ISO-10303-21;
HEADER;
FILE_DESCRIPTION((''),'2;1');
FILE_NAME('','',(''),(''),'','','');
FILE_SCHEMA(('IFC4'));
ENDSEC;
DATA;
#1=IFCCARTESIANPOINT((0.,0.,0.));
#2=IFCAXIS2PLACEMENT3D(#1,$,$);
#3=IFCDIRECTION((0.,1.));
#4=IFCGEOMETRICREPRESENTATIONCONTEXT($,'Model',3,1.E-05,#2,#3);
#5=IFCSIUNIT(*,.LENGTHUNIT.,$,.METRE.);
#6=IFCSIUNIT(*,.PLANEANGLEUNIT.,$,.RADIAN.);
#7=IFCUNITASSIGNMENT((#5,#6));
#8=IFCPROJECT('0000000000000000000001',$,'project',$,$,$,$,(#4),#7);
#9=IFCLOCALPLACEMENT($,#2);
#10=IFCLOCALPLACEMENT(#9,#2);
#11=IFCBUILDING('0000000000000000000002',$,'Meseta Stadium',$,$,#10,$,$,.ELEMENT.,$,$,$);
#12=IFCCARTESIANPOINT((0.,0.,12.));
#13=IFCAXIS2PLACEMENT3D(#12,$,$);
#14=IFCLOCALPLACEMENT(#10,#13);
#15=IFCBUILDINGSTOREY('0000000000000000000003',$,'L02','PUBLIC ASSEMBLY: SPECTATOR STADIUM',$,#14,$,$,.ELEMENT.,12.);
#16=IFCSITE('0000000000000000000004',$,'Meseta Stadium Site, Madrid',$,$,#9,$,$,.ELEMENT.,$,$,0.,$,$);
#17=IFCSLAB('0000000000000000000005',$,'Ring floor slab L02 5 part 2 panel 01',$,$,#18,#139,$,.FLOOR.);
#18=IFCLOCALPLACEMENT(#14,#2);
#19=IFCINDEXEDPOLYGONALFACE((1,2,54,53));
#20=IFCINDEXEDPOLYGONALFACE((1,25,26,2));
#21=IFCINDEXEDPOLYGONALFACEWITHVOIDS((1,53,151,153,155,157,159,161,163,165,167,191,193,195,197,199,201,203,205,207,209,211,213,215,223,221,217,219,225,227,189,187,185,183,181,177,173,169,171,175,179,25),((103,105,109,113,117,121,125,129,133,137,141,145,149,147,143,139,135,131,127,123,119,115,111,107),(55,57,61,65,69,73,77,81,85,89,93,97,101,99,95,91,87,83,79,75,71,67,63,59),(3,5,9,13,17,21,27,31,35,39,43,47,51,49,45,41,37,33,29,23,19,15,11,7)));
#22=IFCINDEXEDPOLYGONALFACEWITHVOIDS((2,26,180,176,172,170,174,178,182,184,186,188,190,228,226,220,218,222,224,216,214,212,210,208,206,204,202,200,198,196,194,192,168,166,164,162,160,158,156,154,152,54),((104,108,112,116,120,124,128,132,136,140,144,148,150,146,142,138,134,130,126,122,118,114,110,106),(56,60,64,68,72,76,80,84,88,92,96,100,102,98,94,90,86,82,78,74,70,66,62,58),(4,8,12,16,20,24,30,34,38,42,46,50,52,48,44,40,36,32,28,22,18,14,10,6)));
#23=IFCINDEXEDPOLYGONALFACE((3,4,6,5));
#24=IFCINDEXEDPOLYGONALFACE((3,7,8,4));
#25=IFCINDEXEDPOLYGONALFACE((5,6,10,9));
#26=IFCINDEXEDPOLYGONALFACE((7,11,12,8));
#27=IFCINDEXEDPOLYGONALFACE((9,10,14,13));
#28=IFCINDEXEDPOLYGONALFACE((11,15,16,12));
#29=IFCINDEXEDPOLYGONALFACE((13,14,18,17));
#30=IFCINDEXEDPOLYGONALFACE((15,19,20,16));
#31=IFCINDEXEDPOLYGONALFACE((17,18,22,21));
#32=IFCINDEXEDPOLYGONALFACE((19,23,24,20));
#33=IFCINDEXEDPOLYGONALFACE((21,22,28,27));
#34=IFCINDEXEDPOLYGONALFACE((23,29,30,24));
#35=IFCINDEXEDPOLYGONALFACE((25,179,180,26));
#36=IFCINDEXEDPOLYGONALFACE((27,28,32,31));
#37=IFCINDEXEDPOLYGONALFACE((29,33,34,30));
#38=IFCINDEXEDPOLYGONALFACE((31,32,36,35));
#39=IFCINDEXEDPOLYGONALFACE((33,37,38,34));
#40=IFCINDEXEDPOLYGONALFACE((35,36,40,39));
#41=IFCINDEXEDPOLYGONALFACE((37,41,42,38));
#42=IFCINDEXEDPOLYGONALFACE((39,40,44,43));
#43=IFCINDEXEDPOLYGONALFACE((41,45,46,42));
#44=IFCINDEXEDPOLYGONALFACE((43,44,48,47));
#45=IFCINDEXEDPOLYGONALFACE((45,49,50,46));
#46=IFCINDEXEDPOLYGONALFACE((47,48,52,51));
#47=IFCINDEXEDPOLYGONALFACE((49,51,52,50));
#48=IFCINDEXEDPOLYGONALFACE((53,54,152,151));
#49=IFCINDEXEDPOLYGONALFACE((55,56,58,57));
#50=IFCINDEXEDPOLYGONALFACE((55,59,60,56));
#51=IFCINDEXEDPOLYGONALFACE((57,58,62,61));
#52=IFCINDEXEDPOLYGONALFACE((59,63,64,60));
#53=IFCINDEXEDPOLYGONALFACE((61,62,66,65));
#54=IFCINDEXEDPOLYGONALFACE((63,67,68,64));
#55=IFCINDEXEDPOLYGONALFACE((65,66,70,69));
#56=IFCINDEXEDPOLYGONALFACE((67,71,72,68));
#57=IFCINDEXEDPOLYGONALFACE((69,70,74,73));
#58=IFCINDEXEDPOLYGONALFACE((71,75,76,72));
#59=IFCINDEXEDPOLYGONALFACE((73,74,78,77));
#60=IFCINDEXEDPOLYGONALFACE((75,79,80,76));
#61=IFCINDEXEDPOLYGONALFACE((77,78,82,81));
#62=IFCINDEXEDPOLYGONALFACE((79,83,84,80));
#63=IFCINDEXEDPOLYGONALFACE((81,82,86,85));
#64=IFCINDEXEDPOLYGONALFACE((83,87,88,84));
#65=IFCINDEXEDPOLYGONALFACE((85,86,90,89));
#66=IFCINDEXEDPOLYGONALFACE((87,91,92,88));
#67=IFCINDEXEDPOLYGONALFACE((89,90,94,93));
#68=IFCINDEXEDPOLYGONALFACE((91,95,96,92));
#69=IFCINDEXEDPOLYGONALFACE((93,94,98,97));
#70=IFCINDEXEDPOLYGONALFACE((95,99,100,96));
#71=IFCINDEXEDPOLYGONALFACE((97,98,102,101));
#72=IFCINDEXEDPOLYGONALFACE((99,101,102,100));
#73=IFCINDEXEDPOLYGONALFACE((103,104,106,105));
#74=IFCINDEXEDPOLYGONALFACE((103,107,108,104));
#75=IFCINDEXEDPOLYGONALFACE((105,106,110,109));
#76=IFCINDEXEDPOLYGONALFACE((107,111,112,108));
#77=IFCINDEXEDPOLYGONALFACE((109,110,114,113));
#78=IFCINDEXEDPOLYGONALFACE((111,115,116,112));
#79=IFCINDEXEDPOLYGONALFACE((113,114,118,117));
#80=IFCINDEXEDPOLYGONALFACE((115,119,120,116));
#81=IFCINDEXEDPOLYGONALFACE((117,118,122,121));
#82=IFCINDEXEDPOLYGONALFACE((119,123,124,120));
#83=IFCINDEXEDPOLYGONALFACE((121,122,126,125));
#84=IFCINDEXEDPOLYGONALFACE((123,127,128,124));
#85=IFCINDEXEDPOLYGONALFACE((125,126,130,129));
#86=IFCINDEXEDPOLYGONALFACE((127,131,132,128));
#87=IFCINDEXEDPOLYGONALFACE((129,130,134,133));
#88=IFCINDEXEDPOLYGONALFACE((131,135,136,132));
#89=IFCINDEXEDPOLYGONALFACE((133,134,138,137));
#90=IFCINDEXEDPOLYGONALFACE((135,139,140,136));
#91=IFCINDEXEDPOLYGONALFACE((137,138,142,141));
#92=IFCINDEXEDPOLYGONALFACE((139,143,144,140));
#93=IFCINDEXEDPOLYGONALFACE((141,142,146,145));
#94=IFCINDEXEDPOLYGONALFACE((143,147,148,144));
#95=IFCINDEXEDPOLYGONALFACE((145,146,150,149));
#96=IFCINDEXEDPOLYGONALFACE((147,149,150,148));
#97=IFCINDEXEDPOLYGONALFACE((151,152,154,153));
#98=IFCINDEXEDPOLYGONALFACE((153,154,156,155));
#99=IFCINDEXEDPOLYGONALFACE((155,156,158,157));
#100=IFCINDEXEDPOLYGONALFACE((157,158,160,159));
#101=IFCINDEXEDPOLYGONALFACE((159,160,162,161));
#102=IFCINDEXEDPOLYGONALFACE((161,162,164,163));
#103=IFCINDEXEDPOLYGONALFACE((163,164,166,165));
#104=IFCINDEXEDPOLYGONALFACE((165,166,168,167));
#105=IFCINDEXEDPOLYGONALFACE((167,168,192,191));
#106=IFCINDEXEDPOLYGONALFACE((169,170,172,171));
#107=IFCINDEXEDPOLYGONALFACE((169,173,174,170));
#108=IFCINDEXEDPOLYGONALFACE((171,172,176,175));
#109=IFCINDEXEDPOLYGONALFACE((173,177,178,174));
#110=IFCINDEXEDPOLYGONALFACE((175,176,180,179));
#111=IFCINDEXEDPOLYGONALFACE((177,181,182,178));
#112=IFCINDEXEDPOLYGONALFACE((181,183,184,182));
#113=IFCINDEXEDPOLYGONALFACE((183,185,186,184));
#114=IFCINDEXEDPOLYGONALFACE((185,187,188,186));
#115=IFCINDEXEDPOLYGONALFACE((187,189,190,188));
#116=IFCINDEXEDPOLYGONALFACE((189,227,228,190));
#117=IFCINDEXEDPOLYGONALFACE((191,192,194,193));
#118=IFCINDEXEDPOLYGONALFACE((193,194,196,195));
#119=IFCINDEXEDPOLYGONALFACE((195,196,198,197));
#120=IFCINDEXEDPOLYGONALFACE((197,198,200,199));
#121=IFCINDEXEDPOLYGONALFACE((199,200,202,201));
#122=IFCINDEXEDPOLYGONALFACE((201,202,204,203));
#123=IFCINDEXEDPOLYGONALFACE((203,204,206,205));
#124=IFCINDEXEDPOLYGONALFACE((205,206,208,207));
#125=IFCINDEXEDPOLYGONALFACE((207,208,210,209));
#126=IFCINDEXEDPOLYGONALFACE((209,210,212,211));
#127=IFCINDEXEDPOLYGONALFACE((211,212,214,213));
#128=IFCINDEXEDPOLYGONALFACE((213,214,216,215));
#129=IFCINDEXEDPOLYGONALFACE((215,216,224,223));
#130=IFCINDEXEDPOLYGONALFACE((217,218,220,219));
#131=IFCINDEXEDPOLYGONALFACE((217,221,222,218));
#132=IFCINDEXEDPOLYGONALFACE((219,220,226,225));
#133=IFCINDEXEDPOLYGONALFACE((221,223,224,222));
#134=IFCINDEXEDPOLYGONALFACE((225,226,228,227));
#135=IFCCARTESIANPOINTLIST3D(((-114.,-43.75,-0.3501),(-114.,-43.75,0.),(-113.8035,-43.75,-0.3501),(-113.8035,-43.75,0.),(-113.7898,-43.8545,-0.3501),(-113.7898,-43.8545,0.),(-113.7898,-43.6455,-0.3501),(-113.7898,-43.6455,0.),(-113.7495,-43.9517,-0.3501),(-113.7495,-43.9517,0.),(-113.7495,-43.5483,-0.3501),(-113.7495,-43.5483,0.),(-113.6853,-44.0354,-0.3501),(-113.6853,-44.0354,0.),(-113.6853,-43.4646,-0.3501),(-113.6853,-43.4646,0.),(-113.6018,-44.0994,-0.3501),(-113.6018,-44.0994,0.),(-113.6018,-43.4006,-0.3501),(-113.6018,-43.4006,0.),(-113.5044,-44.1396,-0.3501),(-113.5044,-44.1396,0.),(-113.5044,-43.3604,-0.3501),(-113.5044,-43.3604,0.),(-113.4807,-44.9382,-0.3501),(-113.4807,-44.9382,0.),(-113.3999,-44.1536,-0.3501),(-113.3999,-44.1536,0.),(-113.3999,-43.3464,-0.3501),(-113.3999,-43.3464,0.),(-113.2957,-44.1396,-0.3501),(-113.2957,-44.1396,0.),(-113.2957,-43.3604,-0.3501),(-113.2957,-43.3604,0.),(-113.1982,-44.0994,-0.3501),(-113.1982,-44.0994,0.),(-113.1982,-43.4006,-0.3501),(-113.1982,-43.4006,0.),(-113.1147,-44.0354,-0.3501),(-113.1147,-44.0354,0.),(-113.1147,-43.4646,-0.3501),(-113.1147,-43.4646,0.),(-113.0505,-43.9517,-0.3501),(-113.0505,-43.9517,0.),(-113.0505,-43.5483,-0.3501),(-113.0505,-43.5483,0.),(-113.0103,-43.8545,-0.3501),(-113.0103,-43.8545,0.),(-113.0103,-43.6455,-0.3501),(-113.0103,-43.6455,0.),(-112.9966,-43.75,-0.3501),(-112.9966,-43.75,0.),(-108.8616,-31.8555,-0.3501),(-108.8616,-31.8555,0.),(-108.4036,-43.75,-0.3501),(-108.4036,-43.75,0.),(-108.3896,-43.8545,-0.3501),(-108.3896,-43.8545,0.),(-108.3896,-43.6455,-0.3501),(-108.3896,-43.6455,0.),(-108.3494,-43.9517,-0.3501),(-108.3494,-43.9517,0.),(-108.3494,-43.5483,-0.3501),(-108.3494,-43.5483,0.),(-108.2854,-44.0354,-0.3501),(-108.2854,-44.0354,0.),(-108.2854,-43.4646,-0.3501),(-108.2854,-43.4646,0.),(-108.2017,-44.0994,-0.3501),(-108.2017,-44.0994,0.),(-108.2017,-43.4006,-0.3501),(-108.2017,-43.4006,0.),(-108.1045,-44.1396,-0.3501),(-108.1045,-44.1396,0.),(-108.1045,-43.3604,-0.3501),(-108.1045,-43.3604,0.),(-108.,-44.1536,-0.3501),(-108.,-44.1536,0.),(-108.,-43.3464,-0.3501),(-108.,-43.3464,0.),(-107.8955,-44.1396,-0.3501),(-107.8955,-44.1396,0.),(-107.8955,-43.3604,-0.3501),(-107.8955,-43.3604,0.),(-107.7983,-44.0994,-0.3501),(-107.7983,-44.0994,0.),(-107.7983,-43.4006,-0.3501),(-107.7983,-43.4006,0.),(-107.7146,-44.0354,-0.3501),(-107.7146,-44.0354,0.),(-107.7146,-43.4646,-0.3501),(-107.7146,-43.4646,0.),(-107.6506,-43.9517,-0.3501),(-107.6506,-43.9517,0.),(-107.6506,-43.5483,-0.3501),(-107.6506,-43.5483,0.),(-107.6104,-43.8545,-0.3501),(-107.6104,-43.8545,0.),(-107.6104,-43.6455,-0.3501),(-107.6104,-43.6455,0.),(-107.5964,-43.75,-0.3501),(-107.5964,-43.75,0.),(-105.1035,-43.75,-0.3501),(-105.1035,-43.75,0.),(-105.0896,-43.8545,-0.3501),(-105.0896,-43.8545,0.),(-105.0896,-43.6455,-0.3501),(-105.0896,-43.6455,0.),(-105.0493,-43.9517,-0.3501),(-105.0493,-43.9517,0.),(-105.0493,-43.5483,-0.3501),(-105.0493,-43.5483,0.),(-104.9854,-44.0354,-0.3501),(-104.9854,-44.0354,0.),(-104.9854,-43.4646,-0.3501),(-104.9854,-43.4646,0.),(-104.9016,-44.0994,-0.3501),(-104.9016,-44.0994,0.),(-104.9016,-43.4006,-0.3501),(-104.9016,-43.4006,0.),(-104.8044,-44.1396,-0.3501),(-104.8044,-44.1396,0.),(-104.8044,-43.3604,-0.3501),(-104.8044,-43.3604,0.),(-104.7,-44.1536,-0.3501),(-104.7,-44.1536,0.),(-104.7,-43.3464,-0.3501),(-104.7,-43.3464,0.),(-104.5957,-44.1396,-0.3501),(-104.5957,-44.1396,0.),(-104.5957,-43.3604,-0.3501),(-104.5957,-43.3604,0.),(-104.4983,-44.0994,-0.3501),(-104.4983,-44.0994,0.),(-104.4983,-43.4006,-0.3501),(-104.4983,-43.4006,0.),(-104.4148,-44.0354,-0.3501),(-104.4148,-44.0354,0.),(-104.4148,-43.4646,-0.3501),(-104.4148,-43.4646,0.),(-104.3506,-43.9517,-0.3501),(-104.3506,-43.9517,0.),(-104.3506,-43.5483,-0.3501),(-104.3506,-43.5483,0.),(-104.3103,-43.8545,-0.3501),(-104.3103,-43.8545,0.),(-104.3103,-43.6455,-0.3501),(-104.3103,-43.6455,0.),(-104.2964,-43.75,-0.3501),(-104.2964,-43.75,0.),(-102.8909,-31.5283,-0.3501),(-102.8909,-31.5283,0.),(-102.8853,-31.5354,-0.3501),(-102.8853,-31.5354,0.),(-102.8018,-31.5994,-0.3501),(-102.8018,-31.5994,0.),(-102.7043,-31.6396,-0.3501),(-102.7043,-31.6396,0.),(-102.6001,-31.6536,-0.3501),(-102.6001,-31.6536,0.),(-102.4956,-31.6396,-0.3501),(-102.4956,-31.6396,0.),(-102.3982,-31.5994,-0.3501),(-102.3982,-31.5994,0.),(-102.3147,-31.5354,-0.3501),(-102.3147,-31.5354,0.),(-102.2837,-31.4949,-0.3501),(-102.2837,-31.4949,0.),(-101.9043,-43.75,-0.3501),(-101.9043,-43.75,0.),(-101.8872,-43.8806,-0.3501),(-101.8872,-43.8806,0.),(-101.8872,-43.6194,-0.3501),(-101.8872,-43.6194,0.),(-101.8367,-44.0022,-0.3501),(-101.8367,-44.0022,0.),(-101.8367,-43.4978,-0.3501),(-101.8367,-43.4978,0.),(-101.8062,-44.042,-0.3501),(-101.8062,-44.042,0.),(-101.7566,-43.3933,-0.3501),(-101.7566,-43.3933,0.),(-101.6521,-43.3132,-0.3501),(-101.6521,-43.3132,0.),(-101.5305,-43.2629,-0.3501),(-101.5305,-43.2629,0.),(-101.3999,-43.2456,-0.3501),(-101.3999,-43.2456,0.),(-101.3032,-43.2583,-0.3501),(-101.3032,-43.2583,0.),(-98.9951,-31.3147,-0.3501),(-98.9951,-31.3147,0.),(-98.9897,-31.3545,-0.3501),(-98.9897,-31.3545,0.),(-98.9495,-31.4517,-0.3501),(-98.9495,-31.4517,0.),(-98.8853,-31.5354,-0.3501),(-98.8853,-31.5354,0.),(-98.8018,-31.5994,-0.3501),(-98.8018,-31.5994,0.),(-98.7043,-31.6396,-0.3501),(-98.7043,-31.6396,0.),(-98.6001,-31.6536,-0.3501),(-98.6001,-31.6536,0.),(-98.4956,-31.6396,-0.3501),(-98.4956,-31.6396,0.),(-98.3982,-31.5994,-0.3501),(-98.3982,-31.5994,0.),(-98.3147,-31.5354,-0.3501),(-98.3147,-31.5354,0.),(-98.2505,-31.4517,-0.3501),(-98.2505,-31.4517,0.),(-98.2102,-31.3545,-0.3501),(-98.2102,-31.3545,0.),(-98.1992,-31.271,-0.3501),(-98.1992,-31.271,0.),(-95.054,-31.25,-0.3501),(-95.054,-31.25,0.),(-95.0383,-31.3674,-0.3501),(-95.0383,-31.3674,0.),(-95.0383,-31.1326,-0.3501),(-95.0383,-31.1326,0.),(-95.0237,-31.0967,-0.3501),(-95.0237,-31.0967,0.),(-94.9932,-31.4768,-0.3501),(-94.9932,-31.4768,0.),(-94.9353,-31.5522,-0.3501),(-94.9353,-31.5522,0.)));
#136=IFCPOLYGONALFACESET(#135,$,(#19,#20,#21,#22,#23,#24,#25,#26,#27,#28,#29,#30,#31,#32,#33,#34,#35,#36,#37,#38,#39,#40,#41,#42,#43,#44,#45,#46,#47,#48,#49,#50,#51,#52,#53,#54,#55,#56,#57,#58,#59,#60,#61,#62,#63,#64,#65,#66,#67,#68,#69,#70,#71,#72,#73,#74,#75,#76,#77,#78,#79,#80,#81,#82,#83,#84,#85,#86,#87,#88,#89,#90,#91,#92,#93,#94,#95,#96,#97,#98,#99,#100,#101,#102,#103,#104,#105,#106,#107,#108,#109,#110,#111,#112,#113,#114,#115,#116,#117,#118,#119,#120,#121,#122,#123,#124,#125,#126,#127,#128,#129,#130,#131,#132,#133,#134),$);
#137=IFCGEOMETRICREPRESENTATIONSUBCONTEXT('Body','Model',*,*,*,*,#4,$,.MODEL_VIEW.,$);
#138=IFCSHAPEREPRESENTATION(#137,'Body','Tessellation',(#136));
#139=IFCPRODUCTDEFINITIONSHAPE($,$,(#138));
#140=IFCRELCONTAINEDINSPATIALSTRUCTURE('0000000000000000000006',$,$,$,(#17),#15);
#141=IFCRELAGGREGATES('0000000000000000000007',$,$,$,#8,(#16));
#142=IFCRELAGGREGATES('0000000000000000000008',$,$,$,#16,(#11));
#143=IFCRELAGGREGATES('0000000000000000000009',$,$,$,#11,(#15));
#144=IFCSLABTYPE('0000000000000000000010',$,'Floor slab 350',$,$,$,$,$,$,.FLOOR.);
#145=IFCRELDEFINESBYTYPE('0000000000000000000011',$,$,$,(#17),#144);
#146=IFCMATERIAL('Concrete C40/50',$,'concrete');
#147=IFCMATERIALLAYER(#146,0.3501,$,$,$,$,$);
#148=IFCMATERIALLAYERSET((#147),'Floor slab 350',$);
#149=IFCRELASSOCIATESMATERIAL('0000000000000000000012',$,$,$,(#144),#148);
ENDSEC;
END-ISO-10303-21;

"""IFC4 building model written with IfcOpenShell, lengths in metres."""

from ifc_helpers import new_model, si_unit, direction, frame, origin, place, context, subcontext, project, spatial, polyline, outline, extrude, material, layer, layer_set, type_object, element, save


model = new_model("IFC4")

# Units and contexts
model_context = context("Model", 3, precision=1e-05, world=origin(), true_north=direction((0.0, 1.0)))
body_context = subcontext(model_context, "Body", "Model", "MODEL_VIEW")
ifc_project = project(units=[si_unit("LENGTHUNIT", "METRE"), si_unit("PLANEANGLEUNIT", "RADIAN")], contexts=[model_context])

# Site, building, storey
site_placement = place(None, origin())
site = spatial("IfcSite", under=ifc_project, at=site_placement, Name="Meseta Stadium Site, Madrid", CompositionType="ELEMENT", RefElevation=0.0)
building_placement = place(site_placement, origin())
building = spatial("IfcBuilding", under=site, at=building_placement, Name="Meseta Stadium", CompositionType="ELEMENT")
storey_placement = place(building_placement, frame((0.0, 0.0, 12.0)))
storey = spatial("IfcBuildingStorey", under=building, at=storey_placement, Name="L02", Description="PUBLIC ASSEMBLY: SPECTATOR STADIUM", CompositionType="ELEMENT", Elevation=12.0)

# Slab
ifc_material_1 = material(Name="Concrete C40/50", Category="concrete")
ifc_layer_1 = layer(ifc_material_1, 0.3501)
ifc_layer_set_1 = layer_set([ifc_layer_1], Name="Floor slab 350")
slab_type_1 = type_object("IfcSlabType", Name="Floor slab 350", PredefinedType="FLOOR", material=ifc_layer_set_1)
slab_1_placement = place(storey_placement, frame((0.0, 0.0, -0.3501)))
element("IfcSlab", 1, at=slab_1_placement, inside=storey, type_object=slab_type_1, Name="Ring floor slab L02 5 part 2 panel 01", PredefinedType="FLOOR", context=body_context, shape_type="SweptSolid", body=[
    extrude(outline(polyline([(-102.8909, -31.5283), (-108.8616, -31.8555), (-114.0, -43.75), (-113.4807, -44.9382), (-101.8062, -44.042), (-101.8367, -44.0022), (-101.8872, -43.8806), (-101.9043, -43.75), (-101.8872, -43.6194), (-101.8367, -43.4978), (-101.7566, -43.3933), (-101.6521, -43.3132), (-101.5305, -43.2629), (-101.3999, -43.2456), (-101.3032, -43.2583), (-94.9353, -31.5522), (-94.9932, -31.4768), (-95.0383, -31.3674), (-95.054, -31.25), (-95.0383, -31.1326), (-95.0237, -31.0967), (-98.1992, -31.271), (-98.2102, -31.3545), (-98.2505, -31.4517), (-98.3147, -31.5354), (-98.3982, -31.5994), (-98.4956, -31.6396), (-98.6001, -31.6536), (-98.7043, -31.6396), (-98.8018, -31.5994), (-98.8853, -31.5354), (-98.9495, -31.4517), (-98.9897, -31.3545), (-98.9951, -31.3147), (-102.2837, -31.4949), (-102.3147, -31.5354), (-102.3982, -31.5994), (-102.4956, -31.6396), (-102.6001, -31.6536), (-102.7043, -31.6396), (-102.8018, -31.5994), (-102.8853, -31.5354), (-102.8909, -31.5283)]), holes=[polyline([(-104.4983, -44.0994), (-104.5957, -44.1396), (-104.7, -44.1536), (-104.8044, -44.1396), (-104.9016, -44.0994), (-104.9854, -44.0354), (-105.0493, -43.9517), (-105.0896, -43.8545), (-105.1035, -43.75), (-105.0896, -43.6455), (-105.0493, -43.5483), (-104.9854, -43.4646), (-104.9016, -43.4006), (-104.8044, -43.3604), (-104.7, -43.3464), (-104.5957, -43.3604), (-104.4983, -43.4006), (-104.4148, -43.4646), (-104.3506, -43.5483), (-104.3103, -43.6455), (-104.2964, -43.75), (-104.3103, -43.8545), (-104.3506, -43.9517), (-104.4148, -44.0354), (-104.4983, -44.0994)]), polyline([(-107.6506, -43.9517), (-107.7146, -44.0354), (-107.7983, -44.0994), (-107.8955, -44.1396), (-108.0, -44.1536), (-108.1045, -44.1396), (-108.2017, -44.0994), (-108.2854, -44.0354), (-108.3494, -43.9517), (-108.3896, -43.8545), (-108.4036, -43.75), (-108.3896, -43.6455), (-108.3494, -43.5483), (-108.2854, -43.4646), (-108.2017, -43.4006), (-108.1045, -43.3604), (-108.0, -43.3464), (-107.8955, -43.3604), (-107.7983, -43.4006), (-107.7146, -43.4646), (-107.6506, -43.5483), (-107.6104, -43.6455), (-107.5964, -43.75), (-107.6104, -43.8545), (-107.6506, -43.9517)]), polyline([(-113.6018, -44.0994), (-113.6853, -44.0354), (-113.7495, -43.9517), (-113.7898, -43.8545), (-113.8035, -43.75), (-113.7898, -43.6455), (-113.7495, -43.5483), (-113.6853, -43.4646), (-113.6018, -43.4006), (-113.5044, -43.3604), (-113.3999, -43.3464), (-113.2957, -43.3604), (-113.1982, -43.4006), (-113.1147, -43.4646), (-113.0505, -43.5483), (-113.0103, -43.6455), (-112.9966, -43.75), (-113.0103, -43.8545), (-113.0505, -43.9517), (-113.1147, -44.0354), (-113.1982, -44.0994), (-113.2957, -44.1396), (-113.3999, -44.1536), (-113.5044, -44.1396), (-113.6018, -44.0994)])]), origin(), (0.0, 0.0, 1.0), 0.3501),
])

save(model, "model.ifc")
